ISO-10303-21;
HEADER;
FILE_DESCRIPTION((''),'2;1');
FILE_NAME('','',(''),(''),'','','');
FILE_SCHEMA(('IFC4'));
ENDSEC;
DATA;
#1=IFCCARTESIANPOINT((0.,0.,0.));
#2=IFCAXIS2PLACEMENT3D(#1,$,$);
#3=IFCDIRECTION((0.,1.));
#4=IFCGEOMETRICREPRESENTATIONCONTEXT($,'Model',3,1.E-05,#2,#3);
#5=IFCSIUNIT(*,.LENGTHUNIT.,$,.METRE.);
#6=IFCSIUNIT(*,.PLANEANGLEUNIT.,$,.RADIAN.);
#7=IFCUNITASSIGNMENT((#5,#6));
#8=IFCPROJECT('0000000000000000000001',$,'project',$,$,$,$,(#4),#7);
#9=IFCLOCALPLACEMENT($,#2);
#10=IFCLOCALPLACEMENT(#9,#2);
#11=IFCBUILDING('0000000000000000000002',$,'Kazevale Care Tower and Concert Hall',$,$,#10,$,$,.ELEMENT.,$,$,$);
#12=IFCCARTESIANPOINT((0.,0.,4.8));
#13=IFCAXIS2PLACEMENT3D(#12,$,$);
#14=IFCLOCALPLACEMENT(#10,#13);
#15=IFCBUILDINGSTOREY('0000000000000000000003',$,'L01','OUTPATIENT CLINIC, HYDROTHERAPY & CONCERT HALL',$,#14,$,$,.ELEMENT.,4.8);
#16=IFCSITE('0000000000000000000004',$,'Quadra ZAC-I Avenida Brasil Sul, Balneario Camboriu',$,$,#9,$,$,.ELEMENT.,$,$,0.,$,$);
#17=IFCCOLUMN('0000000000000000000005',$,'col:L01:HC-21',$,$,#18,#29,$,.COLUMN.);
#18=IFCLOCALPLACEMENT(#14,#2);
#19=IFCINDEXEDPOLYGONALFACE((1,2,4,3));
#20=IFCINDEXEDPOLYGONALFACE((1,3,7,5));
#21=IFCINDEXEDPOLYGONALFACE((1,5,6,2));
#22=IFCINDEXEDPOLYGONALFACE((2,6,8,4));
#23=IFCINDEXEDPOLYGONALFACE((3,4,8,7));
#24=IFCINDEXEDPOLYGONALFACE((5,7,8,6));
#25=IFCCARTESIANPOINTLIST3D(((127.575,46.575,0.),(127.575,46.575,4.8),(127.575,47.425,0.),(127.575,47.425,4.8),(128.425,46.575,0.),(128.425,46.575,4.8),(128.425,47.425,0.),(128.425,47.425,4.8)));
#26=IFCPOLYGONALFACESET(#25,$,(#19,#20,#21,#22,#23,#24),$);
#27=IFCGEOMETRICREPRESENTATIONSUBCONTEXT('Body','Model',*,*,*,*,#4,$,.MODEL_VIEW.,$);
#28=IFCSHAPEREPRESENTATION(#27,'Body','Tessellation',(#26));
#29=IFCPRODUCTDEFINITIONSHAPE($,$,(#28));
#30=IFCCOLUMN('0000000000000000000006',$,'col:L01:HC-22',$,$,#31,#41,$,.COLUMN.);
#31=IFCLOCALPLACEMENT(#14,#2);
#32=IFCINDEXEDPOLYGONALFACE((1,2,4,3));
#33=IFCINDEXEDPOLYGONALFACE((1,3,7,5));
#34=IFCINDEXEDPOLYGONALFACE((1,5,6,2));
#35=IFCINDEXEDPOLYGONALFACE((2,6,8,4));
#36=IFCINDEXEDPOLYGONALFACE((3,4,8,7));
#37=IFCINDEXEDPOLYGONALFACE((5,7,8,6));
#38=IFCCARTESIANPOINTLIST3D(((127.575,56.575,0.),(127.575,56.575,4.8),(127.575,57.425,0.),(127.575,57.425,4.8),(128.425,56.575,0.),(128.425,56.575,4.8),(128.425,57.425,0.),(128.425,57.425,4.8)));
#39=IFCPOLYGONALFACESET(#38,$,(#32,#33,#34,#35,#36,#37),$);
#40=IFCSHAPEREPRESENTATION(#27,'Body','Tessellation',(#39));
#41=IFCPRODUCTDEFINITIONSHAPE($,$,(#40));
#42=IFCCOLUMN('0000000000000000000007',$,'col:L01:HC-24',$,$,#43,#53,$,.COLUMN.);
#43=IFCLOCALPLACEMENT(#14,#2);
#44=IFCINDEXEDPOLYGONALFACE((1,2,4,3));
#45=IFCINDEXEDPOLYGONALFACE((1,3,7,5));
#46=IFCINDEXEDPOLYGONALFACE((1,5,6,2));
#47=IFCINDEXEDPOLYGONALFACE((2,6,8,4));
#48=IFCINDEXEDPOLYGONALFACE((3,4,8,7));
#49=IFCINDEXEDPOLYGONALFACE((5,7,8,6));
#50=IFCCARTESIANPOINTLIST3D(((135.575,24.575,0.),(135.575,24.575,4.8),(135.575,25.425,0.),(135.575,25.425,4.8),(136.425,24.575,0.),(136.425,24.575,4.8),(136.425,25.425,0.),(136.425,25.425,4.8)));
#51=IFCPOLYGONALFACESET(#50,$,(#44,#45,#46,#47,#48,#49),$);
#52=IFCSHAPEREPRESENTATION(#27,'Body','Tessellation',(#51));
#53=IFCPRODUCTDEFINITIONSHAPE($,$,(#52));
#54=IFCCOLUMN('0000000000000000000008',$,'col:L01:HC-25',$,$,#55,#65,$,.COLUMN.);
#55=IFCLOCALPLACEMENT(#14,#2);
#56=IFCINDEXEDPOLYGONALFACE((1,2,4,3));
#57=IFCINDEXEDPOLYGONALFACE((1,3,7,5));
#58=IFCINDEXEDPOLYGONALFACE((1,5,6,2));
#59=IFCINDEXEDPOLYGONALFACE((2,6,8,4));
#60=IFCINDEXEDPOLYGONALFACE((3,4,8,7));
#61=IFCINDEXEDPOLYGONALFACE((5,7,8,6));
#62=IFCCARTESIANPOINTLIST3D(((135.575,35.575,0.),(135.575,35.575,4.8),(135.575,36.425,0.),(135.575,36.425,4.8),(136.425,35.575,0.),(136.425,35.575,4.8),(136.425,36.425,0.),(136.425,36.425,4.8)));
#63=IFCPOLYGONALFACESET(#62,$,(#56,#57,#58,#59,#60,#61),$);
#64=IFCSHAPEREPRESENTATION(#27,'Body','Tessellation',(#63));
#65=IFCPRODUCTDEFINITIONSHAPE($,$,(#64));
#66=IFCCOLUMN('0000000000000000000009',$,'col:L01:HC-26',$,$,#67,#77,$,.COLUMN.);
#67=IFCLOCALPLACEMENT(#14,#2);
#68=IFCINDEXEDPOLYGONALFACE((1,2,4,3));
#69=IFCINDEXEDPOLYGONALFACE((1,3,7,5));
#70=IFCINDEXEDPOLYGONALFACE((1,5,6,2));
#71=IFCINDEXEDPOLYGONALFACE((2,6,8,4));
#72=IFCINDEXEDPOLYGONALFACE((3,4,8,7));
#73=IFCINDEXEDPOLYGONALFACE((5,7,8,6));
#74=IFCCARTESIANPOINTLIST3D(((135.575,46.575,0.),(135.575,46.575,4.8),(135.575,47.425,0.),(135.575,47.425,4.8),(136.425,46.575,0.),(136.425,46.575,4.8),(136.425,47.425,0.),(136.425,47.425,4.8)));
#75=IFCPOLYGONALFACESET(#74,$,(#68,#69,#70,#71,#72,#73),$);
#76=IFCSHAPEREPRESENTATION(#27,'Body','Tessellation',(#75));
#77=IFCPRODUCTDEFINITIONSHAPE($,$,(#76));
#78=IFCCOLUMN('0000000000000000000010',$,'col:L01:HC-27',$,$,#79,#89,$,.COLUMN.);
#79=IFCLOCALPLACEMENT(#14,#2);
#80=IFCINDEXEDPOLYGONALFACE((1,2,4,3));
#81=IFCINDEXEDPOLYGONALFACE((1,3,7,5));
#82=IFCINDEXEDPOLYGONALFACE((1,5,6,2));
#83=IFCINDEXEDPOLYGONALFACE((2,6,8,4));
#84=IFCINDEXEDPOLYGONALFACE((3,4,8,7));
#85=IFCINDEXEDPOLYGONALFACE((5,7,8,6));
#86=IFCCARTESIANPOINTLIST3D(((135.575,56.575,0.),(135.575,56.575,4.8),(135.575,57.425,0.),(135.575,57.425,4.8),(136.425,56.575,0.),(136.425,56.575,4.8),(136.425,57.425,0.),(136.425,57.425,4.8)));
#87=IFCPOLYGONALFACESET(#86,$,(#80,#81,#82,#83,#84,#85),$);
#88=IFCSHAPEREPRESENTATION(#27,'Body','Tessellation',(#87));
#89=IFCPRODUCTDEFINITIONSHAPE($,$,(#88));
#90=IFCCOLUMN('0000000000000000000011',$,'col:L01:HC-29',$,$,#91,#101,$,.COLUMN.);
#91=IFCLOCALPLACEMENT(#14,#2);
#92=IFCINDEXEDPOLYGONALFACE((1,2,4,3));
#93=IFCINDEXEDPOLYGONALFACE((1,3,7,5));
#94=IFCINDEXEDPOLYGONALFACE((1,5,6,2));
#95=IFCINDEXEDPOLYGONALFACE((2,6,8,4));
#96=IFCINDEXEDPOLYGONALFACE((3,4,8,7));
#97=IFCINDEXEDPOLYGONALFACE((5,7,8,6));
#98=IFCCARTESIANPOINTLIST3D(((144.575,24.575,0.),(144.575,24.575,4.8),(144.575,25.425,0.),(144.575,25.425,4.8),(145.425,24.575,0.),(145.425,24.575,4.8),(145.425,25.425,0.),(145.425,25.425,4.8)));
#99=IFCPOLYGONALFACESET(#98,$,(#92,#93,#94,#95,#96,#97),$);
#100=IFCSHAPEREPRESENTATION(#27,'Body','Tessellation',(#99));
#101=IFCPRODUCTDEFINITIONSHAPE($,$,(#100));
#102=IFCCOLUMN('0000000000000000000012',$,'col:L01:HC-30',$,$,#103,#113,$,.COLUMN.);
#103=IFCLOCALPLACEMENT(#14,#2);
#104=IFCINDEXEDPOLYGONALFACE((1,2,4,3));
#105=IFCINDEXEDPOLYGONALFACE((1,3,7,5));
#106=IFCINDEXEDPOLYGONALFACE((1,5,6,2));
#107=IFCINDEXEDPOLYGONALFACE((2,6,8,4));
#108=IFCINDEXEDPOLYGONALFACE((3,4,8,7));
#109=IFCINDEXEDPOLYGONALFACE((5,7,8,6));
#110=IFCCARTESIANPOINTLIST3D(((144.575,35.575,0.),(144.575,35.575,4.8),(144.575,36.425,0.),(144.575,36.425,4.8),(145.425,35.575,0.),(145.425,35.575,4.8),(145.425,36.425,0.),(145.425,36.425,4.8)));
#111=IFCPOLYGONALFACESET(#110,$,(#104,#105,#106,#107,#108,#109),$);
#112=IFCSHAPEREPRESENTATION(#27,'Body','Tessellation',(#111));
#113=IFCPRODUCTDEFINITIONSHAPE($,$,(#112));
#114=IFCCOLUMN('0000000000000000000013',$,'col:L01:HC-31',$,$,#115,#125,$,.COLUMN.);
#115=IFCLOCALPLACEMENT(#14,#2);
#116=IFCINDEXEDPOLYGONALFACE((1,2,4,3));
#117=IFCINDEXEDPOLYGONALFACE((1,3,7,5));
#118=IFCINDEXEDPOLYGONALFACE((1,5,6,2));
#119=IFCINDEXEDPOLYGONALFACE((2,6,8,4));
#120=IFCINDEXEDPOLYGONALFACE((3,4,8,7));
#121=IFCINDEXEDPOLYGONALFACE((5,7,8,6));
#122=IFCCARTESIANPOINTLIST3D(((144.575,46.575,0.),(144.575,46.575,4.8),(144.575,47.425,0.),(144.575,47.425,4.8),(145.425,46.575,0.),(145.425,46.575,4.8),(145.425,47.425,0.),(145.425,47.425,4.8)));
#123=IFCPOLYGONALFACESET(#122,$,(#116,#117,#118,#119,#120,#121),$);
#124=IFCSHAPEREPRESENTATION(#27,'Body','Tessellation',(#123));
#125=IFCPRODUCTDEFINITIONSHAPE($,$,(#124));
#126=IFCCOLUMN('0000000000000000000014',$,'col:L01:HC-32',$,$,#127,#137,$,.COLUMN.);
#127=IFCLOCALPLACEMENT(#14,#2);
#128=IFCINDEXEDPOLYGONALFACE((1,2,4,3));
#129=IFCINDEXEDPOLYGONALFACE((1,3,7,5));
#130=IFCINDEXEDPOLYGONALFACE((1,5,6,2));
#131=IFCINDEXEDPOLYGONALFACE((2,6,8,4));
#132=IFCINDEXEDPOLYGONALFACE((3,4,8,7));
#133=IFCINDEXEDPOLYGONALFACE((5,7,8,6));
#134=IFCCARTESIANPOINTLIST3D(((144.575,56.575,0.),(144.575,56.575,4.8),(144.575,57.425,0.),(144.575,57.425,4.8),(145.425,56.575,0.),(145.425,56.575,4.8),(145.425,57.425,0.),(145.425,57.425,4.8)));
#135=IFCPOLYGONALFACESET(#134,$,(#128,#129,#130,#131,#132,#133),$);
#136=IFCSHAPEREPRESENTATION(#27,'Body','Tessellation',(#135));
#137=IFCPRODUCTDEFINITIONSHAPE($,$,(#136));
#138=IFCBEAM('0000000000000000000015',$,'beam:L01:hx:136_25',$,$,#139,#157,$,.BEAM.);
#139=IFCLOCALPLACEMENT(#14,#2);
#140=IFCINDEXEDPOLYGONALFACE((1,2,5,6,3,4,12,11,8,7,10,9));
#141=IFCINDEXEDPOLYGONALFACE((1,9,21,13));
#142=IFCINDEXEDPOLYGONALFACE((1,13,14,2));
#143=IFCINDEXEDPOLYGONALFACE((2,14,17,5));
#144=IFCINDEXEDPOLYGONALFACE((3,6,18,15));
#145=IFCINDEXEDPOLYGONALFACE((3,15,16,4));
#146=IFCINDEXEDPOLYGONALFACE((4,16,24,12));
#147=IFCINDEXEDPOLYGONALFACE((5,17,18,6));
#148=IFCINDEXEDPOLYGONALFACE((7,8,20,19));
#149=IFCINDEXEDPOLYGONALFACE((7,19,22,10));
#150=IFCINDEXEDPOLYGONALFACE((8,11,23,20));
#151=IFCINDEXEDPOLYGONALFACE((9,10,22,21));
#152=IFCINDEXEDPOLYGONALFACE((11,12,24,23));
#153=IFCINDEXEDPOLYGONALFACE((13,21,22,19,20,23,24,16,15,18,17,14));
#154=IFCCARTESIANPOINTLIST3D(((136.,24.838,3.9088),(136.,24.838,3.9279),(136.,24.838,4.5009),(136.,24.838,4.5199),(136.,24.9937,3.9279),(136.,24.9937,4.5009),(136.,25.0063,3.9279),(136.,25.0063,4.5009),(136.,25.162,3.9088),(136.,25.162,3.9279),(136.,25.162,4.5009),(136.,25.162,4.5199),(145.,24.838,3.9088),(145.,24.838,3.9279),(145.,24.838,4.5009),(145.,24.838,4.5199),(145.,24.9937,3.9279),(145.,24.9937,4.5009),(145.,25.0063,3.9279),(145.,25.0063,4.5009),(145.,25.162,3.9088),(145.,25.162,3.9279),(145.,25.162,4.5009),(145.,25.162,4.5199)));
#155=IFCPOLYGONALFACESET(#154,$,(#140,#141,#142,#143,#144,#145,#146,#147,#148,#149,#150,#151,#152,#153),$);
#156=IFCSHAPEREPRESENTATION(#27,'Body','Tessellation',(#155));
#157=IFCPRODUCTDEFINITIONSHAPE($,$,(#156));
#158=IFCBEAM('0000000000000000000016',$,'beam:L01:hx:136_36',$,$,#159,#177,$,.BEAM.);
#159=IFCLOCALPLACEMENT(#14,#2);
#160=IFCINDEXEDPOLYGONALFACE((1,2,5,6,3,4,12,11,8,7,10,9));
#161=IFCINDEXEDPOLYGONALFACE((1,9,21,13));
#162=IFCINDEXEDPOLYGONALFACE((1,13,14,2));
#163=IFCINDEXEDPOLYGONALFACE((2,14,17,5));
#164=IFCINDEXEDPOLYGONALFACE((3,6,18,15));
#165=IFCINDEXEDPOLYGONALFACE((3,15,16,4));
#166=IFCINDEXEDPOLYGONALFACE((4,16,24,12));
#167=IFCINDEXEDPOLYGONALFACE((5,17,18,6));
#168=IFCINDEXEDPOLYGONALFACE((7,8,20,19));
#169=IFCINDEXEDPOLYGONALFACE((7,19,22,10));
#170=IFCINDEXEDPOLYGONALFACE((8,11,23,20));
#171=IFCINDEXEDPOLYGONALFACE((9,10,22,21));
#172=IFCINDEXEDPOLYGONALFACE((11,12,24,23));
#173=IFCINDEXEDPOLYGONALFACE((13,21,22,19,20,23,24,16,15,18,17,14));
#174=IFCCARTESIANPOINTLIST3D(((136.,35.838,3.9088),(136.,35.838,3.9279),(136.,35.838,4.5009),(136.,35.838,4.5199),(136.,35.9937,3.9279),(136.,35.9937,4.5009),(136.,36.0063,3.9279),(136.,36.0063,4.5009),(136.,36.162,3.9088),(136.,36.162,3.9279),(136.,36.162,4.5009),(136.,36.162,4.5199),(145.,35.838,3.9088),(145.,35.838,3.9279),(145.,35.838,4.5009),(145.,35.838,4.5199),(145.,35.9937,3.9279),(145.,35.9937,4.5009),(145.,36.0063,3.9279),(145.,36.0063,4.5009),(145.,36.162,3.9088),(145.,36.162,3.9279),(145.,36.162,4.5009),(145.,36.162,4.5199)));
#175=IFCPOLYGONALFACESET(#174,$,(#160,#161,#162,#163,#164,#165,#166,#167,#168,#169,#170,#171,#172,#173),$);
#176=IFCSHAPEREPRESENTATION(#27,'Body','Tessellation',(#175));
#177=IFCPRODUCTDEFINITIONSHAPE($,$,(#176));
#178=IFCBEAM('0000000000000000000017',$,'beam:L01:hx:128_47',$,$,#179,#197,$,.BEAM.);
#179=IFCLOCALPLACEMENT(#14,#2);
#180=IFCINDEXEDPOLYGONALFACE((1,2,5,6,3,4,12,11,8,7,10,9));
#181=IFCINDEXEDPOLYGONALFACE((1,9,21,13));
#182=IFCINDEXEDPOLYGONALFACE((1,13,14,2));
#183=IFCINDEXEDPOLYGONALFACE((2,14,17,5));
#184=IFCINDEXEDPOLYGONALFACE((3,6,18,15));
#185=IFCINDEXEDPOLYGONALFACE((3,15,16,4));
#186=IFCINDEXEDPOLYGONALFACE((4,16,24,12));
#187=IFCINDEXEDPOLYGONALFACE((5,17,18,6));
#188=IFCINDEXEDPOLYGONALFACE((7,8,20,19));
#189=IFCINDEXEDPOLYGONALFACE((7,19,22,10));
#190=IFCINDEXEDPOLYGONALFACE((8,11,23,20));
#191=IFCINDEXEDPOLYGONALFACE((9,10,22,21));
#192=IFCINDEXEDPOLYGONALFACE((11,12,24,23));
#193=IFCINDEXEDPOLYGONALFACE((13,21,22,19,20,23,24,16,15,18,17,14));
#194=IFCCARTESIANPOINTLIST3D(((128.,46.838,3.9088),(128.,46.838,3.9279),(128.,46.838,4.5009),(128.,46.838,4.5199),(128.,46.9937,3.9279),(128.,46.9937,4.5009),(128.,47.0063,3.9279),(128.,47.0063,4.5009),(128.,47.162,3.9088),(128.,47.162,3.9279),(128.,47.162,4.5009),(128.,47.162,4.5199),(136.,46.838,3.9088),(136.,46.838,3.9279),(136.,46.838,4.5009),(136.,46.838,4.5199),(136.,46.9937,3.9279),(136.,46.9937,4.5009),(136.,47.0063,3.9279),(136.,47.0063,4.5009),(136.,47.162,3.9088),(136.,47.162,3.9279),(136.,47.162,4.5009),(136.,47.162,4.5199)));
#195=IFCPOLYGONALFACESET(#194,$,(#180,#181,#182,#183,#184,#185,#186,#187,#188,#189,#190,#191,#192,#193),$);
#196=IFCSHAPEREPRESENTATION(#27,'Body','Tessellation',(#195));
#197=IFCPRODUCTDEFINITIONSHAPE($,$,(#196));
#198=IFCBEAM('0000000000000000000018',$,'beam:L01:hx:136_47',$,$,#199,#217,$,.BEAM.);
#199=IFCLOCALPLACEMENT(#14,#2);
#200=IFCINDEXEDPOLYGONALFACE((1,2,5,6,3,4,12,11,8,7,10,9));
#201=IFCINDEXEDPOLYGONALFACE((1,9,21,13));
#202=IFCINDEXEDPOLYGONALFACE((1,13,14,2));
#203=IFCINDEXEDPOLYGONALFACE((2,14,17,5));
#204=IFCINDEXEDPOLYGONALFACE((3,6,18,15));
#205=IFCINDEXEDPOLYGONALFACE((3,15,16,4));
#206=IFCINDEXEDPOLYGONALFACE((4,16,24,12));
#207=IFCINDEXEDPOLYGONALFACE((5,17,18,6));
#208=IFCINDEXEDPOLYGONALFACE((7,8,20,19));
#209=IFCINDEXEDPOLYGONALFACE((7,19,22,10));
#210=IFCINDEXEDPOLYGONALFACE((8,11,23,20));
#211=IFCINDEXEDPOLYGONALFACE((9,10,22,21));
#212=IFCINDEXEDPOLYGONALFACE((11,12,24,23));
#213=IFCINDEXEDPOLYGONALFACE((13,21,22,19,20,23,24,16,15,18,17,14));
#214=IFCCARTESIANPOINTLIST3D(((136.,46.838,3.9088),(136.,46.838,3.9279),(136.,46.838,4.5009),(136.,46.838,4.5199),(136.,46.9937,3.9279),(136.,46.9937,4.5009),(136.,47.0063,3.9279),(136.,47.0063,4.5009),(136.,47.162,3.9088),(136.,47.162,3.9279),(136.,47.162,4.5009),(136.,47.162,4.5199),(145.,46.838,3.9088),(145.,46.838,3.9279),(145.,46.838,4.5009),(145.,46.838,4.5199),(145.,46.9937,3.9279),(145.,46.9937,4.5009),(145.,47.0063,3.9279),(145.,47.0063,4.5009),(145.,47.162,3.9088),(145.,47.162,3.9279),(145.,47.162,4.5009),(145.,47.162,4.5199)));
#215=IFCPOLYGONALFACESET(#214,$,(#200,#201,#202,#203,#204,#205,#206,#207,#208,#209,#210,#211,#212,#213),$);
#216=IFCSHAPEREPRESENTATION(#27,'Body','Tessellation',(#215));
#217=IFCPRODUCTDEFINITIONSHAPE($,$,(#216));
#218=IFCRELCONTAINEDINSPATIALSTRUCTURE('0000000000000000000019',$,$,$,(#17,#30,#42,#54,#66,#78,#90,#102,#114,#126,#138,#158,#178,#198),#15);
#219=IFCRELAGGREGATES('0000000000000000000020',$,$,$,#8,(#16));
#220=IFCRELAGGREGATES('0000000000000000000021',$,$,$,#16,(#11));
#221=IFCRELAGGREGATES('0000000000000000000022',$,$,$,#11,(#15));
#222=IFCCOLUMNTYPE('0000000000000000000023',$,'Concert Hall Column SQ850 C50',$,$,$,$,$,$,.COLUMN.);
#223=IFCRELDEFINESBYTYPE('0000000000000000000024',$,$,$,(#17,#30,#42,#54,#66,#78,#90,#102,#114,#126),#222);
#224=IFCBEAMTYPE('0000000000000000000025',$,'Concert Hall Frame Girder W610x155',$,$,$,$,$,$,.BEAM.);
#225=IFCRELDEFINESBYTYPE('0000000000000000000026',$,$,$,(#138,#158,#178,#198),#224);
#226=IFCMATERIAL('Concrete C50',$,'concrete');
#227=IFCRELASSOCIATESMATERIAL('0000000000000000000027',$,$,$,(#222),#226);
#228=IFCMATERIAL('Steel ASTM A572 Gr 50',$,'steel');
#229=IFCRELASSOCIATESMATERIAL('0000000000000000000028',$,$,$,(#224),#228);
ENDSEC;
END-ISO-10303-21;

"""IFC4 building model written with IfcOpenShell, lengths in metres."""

from ifc_helpers import new_model, si_unit, direction, frame, origin, origin_2d, place, context, subcontext, project, spatial, rectangle, i_section, extrude, material, material_profile, profile_set, type_object, element, save


model = new_model("IFC4")

# Units and contexts
model_context = context("Model", 3, precision=1e-05, world=origin(), true_north=direction((0.0, 1.0)))
body_context = subcontext(model_context, "Body", "Model", "MODEL_VIEW")
ifc_project = project(units=[si_unit("LENGTHUNIT", "METRE"), si_unit("PLANEANGLEUNIT", "RADIAN")], contexts=[model_context])

# Site, building, storey
site_placement = place(None, origin())
site = spatial("IfcSite", under=ifc_project, at=site_placement, Name="Quadra ZAC-I Avenida Brasil Sul, Balneario Camboriu", CompositionType="ELEMENT", RefElevation=0.0)
building_placement = place(site_placement, origin())
building = spatial("IfcBuilding", under=site, at=building_placement, Name="Kazevale Care Tower and Concert Hall", CompositionType="ELEMENT")
storey_placement = place(building_placement, frame((0.0, 0.0, 4.8)))
storey = spatial("IfcBuildingStorey", under=building, at=storey_placement, Name="L01", Description="OUTPATIENT CLINIC, HYDROTHERAPY & CONCERT HALL", CompositionType="ELEMENT", Elevation=4.8)

# Columns
ifc_material_1 = material(Name="Concrete C50", Category="concrete")
ifc_material_profile_1 = material_profile(ifc_material_1, rectangle(XDim=0.8501, YDim=0.8501, at=origin_2d()), Name="RC-SQ850")
ifc_profile_set_1 = profile_set([ifc_material_profile_1], Name="Concrete C50")
column_type = type_object("IfcColumnType", Name="Concert Hall Column SQ850 C50", PredefinedType="COLUMN", material=ifc_profile_set_1)
for number, where, z_axis, x_axis, name in (
    (1, (128.0, 47.0, 0.0), (0.0, 0.0, 1.0), (1.0, 0.0, 0.0), "col:L01:HC-21"),
    (2, (128.0, 57.0, 0.0), (0.0, 0.0, 1.0), (1.0, 0.0, 0.0), "col:L01:HC-22"),
    (3, (136.0, 25.0, 0.0), (0.0, 0.0, 1.0), (1.0, 0.0, 0.0), "col:L01:HC-24"),
    (4, (136.0, 36.0, 0.0), (0.0, 0.0, 1.0), (1.0, 0.0, 0.0), "col:L01:HC-25"),
    (5, (136.0, 47.0, 0.0), (0.0, 0.0, 1.0), (1.0, 0.0, 0.0), "col:L01:HC-26"),
    (6, (136.0, 57.0, 0.0), (0.0, 0.0, 1.0), (1.0, 0.0, 0.0), "col:L01:HC-27"),
    (7, (145.0, 25.0, 0.0), (0.0, 0.0, 1.0), (1.0, 0.0, 0.0), "col:L01:HC-29"),
    (8, (145.0, 36.0, 0.0), (0.0, 0.0, 1.0), (1.0, 0.0, 0.0), "col:L01:HC-30"),
    (9, (145.0, 47.0, 0.0), (0.0, 0.0, 1.0), (1.0, 0.0, 0.0), "col:L01:HC-31"),
    (10, (145.0, 57.0, 0.0), (0.0, 0.0, 1.0), (1.0, 0.0, 0.0), "col:L01:HC-32"),
):
    element("IfcColumn", number, at=place(storey_placement, frame(where, z_axis=z_axis, x_axis=x_axis)), inside=storey, type_object=column_type, Name=name, PredefinedType="COLUMN", context=body_context, shape_type="SweptSolid", body=[
        extrude(rectangle(XDim=0.8501, YDim=0.8501, at=origin_2d()), origin(), (0.0, 0.0, 1.0), 4.8),
    ])

# Beams
ifc_material_2 = material(Name="Steel ASTM A572 Gr 50", Category="steel")
ifc_material_profile_2 = material_profile(ifc_material_2, i_section(OverallWidth=0.324, OverallDepth=0.6111, WebThickness=0.0127, FlangeThickness=0.019, at=origin_2d()), Name="W610x155")
ifc_profile_set_2 = profile_set([ifc_material_profile_2], Name="Steel ASTM A572 Gr 50")
beam_type_1 = type_object("IfcBeamType", Name="Concert Hall Frame Girder W610x155", PredefinedType="BEAM", material=ifc_profile_set_2)
for number, where, z_axis, x_axis, name in (
    (11, (136.0, 25.0, 4.2144), (1.0, 0.0, 0.0), (0.0, 1.0, 0.0), "beam:L01:hx:136_25"),
    (12, (136.0, 36.0, 4.2144), (1.0, 0.0, 0.0), (0.0, 1.0, 0.0), "beam:L01:hx:136_36"),
):
    element("IfcBeam", number, at=place(storey_placement, frame(where, z_axis=z_axis, x_axis=x_axis)), inside=storey, type_object=beam_type_1, Name=name, PredefinedType="BEAM", context=body_context, shape_type="SweptSolid", body=[
        extrude(i_section(OverallWidth=0.324, OverallDepth=0.6111, WebThickness=0.0127, FlangeThickness=0.019, at=origin_2d()), origin(), (0.0, 0.0, 1.0), 9.0),
    ])
beam_1_placement = place(storey_placement, frame((128.0, 47.0, 4.2144), z_axis=(1.0, 0.0, 0.0), x_axis=(0.0, 1.0, 0.0)))
element("IfcBeam", 13, at=beam_1_placement, inside=storey, type_object=beam_type_1, Name="beam:L01:hx:128_47", PredefinedType="BEAM", context=body_context, shape_type="SweptSolid", body=[
    extrude(i_section(OverallWidth=0.324, OverallDepth=0.6111, WebThickness=0.0127, FlangeThickness=0.019, at=origin_2d()), origin(), (0.0, 0.0, 1.0), 8.0),
])
beam_2_placement = place(storey_placement, frame((136.0, 47.0, 4.2144), z_axis=(1.0, 0.0, 0.0), x_axis=(0.0, 1.0, 0.0)))
element("IfcBeam", 14, at=beam_2_placement, inside=storey, type_object=beam_type_1, Name="beam:L01:hx:136_47", PredefinedType="BEAM", context=body_context, shape_type="SweptSolid", body=[
    extrude(i_section(OverallWidth=0.324, OverallDepth=0.6111, WebThickness=0.0127, FlangeThickness=0.019, at=origin_2d()), origin(), (0.0, 0.0, 1.0), 9.0),
])

save(model, "model.ifc")
